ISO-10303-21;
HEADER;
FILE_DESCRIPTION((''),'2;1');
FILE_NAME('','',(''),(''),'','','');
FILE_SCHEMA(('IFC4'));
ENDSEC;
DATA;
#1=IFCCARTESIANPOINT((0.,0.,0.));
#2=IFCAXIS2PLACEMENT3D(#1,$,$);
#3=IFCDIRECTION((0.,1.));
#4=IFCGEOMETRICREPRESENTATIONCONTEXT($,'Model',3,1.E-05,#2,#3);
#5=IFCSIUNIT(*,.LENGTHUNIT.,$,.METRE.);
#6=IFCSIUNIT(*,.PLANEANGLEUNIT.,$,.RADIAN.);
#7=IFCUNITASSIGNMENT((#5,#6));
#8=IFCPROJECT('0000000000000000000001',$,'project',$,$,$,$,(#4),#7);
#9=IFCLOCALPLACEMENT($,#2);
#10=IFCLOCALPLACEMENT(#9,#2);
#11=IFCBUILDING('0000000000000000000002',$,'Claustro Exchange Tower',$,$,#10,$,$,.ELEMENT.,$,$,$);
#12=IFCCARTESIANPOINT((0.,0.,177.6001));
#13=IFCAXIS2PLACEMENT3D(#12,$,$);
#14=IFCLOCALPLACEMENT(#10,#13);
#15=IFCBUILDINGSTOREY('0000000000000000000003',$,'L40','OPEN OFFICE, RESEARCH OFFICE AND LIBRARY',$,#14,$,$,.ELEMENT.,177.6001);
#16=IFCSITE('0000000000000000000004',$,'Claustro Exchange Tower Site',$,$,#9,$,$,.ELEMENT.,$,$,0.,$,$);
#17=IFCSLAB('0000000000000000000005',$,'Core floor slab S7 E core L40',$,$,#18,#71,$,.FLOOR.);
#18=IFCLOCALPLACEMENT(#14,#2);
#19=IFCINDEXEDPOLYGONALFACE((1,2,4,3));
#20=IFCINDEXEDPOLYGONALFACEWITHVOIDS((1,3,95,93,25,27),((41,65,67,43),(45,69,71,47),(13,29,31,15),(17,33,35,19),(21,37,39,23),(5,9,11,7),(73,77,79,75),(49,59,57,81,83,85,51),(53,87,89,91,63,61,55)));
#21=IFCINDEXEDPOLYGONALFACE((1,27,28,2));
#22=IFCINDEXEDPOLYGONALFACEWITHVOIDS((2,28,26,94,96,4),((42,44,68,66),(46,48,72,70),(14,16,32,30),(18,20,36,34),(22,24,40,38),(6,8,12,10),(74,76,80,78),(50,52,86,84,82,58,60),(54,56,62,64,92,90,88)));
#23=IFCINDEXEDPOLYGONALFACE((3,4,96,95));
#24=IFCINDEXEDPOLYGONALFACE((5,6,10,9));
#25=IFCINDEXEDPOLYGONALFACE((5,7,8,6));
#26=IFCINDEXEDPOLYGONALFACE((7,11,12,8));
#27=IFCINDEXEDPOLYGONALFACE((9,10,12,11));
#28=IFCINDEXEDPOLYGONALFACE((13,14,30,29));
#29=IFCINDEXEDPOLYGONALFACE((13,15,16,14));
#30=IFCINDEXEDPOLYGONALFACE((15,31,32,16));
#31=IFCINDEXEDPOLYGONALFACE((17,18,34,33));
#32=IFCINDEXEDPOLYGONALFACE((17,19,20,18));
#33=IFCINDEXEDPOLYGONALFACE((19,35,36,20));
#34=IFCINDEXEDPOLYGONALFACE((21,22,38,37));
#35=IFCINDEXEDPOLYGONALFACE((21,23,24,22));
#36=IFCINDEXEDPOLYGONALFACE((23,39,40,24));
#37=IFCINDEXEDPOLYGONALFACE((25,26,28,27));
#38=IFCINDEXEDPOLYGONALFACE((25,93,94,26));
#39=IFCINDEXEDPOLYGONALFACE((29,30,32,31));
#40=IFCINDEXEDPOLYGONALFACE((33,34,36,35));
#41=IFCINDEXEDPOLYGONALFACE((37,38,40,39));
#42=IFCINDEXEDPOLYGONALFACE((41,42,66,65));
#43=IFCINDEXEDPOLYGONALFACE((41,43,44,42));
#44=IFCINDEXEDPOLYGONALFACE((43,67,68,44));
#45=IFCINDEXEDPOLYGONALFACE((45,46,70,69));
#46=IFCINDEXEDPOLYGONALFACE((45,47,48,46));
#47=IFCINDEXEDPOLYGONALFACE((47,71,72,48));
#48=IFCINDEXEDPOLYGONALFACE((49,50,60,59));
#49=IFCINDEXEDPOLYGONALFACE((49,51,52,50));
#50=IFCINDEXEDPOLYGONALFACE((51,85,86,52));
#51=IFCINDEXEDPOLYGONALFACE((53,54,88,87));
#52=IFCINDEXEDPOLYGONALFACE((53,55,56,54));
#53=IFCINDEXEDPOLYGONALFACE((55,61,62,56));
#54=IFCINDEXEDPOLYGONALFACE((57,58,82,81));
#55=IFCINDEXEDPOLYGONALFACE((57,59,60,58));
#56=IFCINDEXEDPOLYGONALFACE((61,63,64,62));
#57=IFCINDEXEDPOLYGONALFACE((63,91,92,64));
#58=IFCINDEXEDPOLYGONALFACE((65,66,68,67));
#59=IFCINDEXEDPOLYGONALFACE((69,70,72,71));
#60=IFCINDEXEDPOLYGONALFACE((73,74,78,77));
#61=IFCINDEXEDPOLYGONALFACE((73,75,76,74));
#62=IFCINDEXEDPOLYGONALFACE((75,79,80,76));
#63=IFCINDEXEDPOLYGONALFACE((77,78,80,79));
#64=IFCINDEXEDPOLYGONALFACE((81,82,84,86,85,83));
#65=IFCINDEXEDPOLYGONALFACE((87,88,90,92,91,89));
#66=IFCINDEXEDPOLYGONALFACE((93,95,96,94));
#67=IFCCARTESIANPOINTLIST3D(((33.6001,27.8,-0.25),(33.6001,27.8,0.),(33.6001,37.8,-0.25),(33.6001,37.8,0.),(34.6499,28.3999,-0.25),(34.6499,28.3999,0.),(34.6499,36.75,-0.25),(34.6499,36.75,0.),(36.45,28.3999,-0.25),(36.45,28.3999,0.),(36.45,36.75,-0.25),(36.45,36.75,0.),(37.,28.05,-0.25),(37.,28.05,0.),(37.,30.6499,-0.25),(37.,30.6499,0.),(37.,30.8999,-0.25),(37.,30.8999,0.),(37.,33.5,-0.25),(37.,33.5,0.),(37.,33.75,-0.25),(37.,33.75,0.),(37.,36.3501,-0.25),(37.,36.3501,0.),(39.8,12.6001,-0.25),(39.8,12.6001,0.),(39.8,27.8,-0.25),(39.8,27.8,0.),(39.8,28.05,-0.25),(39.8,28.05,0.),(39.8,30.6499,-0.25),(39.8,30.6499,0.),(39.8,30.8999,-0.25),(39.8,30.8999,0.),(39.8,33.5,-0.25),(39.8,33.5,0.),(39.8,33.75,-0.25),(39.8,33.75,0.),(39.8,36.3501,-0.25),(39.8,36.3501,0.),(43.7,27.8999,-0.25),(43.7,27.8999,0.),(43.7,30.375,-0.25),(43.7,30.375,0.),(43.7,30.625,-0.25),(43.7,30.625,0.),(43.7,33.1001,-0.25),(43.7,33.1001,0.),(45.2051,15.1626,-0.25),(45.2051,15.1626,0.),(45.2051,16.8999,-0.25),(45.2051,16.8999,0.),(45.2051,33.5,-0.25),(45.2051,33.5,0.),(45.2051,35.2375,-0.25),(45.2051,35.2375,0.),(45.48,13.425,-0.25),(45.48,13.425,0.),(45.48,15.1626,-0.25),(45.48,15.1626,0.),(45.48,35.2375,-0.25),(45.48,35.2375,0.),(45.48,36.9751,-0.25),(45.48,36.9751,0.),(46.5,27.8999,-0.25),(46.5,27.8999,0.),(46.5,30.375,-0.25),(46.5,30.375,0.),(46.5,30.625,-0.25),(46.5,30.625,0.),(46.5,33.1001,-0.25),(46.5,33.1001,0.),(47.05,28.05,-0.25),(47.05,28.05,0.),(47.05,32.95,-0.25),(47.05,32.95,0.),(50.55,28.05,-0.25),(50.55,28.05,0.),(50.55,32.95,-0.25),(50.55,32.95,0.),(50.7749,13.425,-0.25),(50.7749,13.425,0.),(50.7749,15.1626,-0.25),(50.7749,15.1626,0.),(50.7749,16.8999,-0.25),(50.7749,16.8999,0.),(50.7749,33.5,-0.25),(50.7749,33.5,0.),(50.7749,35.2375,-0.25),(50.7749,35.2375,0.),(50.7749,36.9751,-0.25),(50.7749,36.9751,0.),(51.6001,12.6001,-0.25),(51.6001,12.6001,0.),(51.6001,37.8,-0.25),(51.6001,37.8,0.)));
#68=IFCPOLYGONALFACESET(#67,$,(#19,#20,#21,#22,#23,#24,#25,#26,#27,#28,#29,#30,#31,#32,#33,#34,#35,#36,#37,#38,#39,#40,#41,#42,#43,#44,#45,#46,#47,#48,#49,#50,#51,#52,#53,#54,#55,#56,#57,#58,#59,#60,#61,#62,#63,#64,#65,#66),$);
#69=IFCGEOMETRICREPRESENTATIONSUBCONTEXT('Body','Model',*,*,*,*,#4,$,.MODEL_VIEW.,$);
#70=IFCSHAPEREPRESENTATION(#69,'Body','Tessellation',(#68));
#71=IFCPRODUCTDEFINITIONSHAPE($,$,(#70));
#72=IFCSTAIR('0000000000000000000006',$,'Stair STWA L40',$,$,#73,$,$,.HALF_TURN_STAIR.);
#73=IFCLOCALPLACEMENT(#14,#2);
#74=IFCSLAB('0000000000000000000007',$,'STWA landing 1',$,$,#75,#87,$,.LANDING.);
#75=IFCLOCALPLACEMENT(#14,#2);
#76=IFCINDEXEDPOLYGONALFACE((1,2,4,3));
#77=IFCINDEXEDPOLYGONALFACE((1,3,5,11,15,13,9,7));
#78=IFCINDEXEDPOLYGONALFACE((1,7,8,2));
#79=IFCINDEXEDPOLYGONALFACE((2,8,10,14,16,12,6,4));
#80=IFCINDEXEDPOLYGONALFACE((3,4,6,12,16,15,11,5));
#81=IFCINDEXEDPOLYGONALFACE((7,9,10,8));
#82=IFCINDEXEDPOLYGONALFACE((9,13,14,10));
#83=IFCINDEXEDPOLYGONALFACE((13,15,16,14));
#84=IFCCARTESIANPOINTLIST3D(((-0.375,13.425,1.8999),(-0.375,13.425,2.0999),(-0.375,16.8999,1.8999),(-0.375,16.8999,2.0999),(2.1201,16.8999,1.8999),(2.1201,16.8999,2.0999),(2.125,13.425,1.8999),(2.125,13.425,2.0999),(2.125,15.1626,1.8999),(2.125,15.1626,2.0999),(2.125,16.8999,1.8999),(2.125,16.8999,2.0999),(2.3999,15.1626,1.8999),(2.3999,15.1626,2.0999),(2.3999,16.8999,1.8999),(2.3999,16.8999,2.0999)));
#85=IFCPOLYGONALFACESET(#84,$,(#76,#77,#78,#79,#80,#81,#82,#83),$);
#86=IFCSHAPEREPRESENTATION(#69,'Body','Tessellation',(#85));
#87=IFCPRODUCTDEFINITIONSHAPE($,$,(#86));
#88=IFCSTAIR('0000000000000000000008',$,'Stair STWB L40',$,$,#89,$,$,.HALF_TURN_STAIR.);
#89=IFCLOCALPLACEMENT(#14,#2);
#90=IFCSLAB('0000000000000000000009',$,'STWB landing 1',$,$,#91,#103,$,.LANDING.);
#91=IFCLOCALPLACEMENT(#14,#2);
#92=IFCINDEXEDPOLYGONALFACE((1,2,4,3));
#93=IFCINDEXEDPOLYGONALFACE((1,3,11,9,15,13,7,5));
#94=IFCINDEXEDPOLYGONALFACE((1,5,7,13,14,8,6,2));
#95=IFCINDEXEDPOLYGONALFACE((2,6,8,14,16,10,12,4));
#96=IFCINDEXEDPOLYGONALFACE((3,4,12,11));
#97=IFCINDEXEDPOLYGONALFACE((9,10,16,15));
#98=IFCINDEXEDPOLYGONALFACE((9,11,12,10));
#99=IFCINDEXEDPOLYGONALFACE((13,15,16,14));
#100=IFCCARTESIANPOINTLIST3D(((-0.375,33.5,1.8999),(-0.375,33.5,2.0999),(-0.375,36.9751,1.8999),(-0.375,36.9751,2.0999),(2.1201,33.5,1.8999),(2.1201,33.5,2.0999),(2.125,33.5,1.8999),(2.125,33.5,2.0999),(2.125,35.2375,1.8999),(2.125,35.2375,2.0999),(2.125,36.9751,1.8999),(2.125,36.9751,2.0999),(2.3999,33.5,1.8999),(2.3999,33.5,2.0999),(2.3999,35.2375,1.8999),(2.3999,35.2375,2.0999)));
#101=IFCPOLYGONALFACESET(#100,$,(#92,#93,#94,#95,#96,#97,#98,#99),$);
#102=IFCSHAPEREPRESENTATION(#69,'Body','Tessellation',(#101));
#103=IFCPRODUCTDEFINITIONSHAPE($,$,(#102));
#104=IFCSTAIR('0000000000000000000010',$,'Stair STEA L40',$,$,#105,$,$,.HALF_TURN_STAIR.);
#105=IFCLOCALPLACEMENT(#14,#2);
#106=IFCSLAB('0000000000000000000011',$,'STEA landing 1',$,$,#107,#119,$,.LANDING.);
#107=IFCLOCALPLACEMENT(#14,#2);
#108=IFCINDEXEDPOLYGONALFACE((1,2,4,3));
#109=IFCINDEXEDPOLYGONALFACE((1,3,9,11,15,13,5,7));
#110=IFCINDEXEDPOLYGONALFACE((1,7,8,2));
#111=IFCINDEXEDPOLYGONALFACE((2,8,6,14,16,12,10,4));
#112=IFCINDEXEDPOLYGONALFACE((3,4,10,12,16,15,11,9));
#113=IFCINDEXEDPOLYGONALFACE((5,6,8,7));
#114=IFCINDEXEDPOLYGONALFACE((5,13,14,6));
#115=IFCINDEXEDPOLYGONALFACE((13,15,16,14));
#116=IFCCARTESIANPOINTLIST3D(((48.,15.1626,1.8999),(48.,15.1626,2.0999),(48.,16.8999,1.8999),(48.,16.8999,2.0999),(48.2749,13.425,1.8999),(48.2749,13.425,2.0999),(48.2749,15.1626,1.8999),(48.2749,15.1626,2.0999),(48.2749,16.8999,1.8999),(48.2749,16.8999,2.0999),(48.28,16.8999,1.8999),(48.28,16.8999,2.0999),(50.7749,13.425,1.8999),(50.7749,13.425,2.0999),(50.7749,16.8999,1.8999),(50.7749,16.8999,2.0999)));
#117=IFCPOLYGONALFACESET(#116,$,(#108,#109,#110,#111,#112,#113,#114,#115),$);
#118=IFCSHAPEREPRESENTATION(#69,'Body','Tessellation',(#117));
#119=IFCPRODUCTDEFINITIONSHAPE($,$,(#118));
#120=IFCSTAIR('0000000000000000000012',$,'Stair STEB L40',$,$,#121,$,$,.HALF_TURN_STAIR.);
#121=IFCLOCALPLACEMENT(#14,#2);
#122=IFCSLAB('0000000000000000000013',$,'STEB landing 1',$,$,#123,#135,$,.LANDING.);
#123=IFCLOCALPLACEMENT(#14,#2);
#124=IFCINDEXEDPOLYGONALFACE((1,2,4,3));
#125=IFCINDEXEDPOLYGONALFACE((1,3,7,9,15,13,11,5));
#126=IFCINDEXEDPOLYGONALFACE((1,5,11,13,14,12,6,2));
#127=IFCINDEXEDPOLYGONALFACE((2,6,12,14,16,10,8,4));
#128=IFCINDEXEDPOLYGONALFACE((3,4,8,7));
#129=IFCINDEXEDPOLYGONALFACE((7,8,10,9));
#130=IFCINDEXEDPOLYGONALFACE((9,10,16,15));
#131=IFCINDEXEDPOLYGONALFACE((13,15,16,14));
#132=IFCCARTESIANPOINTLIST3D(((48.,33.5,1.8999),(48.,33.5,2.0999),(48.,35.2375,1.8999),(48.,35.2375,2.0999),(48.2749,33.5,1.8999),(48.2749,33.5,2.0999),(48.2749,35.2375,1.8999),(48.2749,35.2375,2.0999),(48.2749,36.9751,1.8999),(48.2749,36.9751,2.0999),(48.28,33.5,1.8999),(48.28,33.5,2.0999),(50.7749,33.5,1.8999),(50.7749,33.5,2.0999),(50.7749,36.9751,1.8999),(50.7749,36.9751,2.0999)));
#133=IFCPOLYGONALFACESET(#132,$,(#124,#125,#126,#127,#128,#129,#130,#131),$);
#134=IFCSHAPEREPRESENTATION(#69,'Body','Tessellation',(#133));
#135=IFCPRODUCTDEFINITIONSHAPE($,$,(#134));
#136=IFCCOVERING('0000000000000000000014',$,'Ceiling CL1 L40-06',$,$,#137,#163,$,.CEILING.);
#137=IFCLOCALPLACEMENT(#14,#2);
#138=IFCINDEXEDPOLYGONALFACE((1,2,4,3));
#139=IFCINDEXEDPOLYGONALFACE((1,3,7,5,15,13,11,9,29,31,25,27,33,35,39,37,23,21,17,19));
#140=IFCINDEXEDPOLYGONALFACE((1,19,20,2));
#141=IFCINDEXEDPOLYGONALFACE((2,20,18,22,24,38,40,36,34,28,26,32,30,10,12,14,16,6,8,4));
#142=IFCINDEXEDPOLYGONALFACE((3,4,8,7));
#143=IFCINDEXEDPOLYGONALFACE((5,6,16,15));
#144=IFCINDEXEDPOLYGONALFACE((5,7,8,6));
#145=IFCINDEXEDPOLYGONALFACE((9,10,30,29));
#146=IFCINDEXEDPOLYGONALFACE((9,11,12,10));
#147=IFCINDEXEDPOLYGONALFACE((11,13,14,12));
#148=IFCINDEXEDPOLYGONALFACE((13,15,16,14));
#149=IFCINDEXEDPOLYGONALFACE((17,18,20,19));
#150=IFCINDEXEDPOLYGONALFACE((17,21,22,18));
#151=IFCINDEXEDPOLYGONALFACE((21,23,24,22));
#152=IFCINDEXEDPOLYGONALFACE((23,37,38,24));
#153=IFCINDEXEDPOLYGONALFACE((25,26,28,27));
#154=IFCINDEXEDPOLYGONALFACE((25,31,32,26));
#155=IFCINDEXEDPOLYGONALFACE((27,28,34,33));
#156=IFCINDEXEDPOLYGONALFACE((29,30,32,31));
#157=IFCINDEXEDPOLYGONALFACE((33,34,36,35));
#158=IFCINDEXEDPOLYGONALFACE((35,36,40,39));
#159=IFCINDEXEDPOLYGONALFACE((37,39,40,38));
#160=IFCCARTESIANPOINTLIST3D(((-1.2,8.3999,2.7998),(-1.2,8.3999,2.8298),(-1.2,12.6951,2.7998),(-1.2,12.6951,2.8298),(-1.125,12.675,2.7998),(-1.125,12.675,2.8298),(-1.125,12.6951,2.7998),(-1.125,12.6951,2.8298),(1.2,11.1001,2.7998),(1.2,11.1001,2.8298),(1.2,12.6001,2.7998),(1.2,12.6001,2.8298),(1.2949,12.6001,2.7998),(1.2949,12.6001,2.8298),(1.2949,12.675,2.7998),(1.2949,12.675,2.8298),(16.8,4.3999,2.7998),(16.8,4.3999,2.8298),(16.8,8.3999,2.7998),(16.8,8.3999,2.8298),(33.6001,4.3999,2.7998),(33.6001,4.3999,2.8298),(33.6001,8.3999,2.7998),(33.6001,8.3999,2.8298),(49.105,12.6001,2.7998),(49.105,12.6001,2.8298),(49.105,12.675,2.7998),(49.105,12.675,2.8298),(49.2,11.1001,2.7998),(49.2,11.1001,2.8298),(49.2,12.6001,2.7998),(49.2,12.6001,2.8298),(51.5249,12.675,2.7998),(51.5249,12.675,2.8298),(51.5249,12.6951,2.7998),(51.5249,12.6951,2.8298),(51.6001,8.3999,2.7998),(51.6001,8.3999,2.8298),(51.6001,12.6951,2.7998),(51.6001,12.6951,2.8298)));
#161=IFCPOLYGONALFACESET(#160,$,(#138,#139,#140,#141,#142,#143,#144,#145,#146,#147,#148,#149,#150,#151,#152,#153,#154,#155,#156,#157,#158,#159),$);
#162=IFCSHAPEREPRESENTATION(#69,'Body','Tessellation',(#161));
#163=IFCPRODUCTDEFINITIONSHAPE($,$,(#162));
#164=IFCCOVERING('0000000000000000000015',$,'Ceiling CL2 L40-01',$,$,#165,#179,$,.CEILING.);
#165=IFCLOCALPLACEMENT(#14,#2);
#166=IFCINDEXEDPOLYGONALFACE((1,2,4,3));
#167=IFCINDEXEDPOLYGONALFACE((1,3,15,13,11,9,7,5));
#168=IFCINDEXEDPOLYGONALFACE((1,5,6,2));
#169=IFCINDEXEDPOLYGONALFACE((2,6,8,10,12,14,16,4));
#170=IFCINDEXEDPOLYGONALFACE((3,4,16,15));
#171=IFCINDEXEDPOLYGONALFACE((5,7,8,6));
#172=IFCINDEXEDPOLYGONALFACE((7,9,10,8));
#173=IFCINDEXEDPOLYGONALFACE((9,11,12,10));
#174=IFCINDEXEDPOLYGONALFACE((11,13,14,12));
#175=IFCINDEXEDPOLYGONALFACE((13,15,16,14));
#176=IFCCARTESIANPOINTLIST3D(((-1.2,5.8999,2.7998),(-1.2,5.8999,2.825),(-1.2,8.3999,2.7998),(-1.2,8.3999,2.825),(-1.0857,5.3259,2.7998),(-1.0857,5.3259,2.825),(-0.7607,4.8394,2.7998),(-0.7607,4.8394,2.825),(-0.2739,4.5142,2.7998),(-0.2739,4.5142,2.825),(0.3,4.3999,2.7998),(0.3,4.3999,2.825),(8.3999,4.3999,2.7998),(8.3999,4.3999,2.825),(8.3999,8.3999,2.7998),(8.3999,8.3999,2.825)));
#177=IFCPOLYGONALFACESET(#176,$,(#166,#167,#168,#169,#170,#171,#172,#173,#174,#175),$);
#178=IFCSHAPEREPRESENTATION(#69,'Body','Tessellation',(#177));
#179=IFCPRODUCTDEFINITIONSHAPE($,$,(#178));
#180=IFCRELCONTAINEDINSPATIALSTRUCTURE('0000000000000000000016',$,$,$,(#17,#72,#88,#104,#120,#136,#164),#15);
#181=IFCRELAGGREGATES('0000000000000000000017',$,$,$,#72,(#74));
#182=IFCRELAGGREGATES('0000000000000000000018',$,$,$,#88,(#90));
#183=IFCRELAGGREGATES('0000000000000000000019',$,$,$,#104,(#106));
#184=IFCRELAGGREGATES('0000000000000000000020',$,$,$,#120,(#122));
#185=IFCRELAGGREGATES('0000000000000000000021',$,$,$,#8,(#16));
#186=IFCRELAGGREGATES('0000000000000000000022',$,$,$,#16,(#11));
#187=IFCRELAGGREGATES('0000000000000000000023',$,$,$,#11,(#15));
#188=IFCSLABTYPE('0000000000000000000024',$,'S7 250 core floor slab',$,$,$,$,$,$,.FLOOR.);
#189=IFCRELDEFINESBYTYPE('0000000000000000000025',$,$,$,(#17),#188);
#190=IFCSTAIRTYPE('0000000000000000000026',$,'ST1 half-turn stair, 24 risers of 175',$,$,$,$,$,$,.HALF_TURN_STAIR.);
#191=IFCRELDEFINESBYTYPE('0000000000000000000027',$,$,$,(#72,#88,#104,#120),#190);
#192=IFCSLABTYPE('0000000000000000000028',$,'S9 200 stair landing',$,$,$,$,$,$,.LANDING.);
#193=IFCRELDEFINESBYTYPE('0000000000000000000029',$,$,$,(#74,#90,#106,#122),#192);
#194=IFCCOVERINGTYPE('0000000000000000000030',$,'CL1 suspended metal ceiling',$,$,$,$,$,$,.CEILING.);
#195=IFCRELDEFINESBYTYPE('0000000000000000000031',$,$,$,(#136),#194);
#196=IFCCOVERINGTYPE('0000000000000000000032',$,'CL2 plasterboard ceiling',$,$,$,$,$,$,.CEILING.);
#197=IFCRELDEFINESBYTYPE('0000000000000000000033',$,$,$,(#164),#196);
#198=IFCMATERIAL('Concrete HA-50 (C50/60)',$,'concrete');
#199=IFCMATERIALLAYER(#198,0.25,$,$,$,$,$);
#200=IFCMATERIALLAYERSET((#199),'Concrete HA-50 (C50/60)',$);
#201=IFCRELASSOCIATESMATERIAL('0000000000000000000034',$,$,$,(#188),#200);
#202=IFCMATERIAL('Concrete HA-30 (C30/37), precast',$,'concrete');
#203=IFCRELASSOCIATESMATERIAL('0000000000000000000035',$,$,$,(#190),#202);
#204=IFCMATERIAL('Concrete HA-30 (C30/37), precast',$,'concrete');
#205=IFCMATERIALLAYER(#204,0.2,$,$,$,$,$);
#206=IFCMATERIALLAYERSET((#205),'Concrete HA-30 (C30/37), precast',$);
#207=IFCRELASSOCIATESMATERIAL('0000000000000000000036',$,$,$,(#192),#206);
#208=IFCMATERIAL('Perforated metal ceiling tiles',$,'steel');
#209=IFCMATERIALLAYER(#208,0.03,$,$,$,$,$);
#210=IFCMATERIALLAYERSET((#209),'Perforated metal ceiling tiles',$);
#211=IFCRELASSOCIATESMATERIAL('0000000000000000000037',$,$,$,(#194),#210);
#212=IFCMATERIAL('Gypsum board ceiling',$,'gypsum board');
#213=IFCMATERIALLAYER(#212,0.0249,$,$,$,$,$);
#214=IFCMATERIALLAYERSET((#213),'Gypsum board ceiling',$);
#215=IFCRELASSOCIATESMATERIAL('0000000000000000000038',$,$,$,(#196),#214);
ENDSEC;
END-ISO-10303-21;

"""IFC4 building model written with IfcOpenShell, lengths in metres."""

from ifc_helpers import new_model, si_unit, direction, frame, origin, place, context, subcontext, project, spatial, polyline, outline, extrude, material, layer, layer_set, type_object, element, aggregate, save


model = new_model("IFC4")

# Units and contexts
model_context = context("Model", 3, precision=1e-05, world=origin(), true_north=direction((0.0, 1.0)))
body_context = subcontext(model_context, "Body", "Model", "MODEL_VIEW")
ifc_project = project(units=[si_unit("LENGTHUNIT", "METRE"), si_unit("PLANEANGLEUNIT", "RADIAN")], contexts=[model_context])

# Site, building, storey
site_placement = place(None, origin())
site = spatial("IfcSite", under=ifc_project, at=site_placement, Name="Claustro Exchange Tower Site", CompositionType="ELEMENT", RefElevation=0.0)
building_placement = place(site_placement, origin())
building = spatial("IfcBuilding", under=site, at=building_placement, Name="Claustro Exchange Tower", CompositionType="ELEMENT")
storey_placement = place(building_placement, frame((0.0, 0.0, 177.6001)))
storey = spatial("IfcBuildingStorey", under=building, at=storey_placement, Name="L40", Description="OPEN OFFICE, RESEARCH OFFICE AND LIBRARY", CompositionType="ELEMENT", Elevation=177.6001)

# Slab
ifc_material_1 = material(Name="Concrete HA-50 (C50/60)", Category="concrete")
ifc_layer_1 = layer(ifc_material_1, 0.25)
ifc_layer_set_1 = layer_set([ifc_layer_1], Name="Concrete HA-50 (C50/60)")
slab_type_1 = type_object("IfcSlabType", Name="S7 250 core floor slab", PredefinedType="FLOOR", material=ifc_layer_set_1)
slab_1_placement = place(storey_placement, frame((0.0, 0.0, -0.25)))
element("IfcSlab", 1, at=slab_1_placement, inside=storey, type_object=slab_type_1, Name="Core floor slab S7 E core L40", PredefinedType="FLOOR", context=body_context, shape_type="SweptSolid", body=[
    extrude(outline(polyline([(51.6001, 37.8), (33.6001, 37.8), (33.6001, 27.8), (39.8, 27.8), (39.8, 12.6001), (51.6001, 12.6001), (51.6001, 37.8)]), holes=[polyline([(45.48, 15.1626), (45.2051, 15.1626), (45.2051, 16.8999), (50.7749, 16.8999), (50.7749, 15.1626), (50.7749, 13.425), (45.48, 13.425), (45.48, 15.1626)]), polyline([(45.48, 35.2375), (45.48, 36.9751), (50.7749, 36.9751), (50.7749, 35.2375), (50.7749, 33.5), (45.2051, 33.5), (45.2051, 35.2375), (45.48, 35.2375)]), polyline([(47.05, 32.95), (50.55, 32.95), (50.55, 28.05), (47.05, 28.05), (47.05, 32.95)]), polyline([(43.7, 30.375), (46.5, 30.375), (46.5, 27.8999), (43.7, 27.8999), (43.7, 30.375)]), polyline([(43.7, 33.1001), (46.5, 33.1001), (46.5, 30.625), (43.7, 30.625), (43.7, 33.1001)]), polyline([(37.0, 30.6499), (39.8, 30.6499), (39.8, 28.05), (37.0, 28.05), (37.0, 30.6499)]), polyline([(37.0, 33.5), (39.8, 33.5), (39.8, 30.8999), (37.0, 30.8999), (37.0, 33.5)]), polyline([(39.8, 36.3501), (39.8, 33.75), (37.0, 33.75), (37.0, 36.3501), (39.8, 36.3501)]), polyline([(34.6499, 36.75), (36.45, 36.75), (36.45, 28.3999), (34.6499, 28.3999), (34.6499, 36.75)])]), origin(), (0.0, 0.0, 1.0), 0.25),
])

# Stairs, slabs
ifc_material_2 = material(Name="Concrete HA-30 (C30/37), precast", Category="concrete")
stair_type = type_object("IfcStairType", Name="ST1 half-turn stair, 24 risers of 175", PredefinedType="HALF_TURN_STAIR", material=ifc_material_2)
stair_1_placement = place(storey_placement, origin())
stair_1 = element("IfcStair", 2, at=stair_1_placement, inside=storey, type_object=stair_type, Name="Stair STWA L40", PredefinedType="HALF_TURN_STAIR")
ifc_material_3 = material(Name="Concrete HA-30 (C30/37), precast", Category="concrete")
ifc_layer_2 = layer(ifc_material_3, 0.2)
ifc_layer_set_2 = layer_set([ifc_layer_2], Name="Concrete HA-30 (C30/37), precast")
slab_type_2 = type_object("IfcSlabType", Name="S9 200 stair landing", PredefinedType="LANDING", material=ifc_layer_set_2)
slab_2_placement = place(storey_placement, frame((0.0, 0.0, 1.8999)))
slab_2 = element("IfcSlab", 3, at=slab_2_placement, type_object=slab_type_2, Name="STWA landing 1", PredefinedType="LANDING", context=body_context, shape_type="SweptSolid", body=[
    extrude(outline(polyline([(2.125, 13.425), (-0.375, 13.425), (-0.375, 16.8999), (2.1201, 16.8999), (2.125, 16.8999), (2.3999, 16.8999), (2.3999, 15.1626), (2.125, 15.1626), (2.125, 13.425)])), origin(), (0.0, 0.0, 1.0), 0.2),
])
aggregate(stair_1, [slab_2])
stair_2_placement = place(storey_placement, origin())
stair_2 = element("IfcStair", 4, at=stair_2_placement, inside=storey, type_object=stair_type, Name="Stair STWB L40", PredefinedType="HALF_TURN_STAIR")
slab_3_placement = place(storey_placement, frame((0.0, 0.0, 1.8999)))
slab_3 = element("IfcSlab", 5, at=slab_3_placement, type_object=slab_type_2, Name="STWB landing 1", PredefinedType="LANDING", context=body_context, shape_type="SweptSolid", body=[
    extrude(outline(polyline([(2.3999, 35.2375), (2.3999, 33.5), (2.125, 33.5), (2.1201, 33.5), (-0.375, 33.5), (-0.375, 36.9751), (2.125, 36.9751), (2.125, 35.2375), (2.3999, 35.2375)])), origin(), (0.0, 0.0, 1.0), 0.2),
])
aggregate(stair_2, [slab_3])
stair_3_placement = place(storey_placement, origin())
stair_3 = element("IfcStair", 6, at=stair_3_placement, inside=storey, type_object=stair_type, Name="Stair STEA L40", PredefinedType="HALF_TURN_STAIR")
slab_4_placement = place(storey_placement, frame((0.0, 0.0, 1.8999)))
slab_4 = element("IfcSlab", 7, at=slab_4_placement, type_object=slab_type_2, Name="STEA landing 1", PredefinedType="LANDING", context=body_context, shape_type="SweptSolid", body=[
    extrude(outline(polyline([(50.7749, 16.8999), (50.7749, 13.425), (48.2749, 13.425), (48.2749, 15.1626), (48.0, 15.1626), (48.0, 16.8999), (48.2749, 16.8999), (48.28, 16.8999), (50.7749, 16.8999)])), origin(), (0.0, 0.0, 1.0), 0.2),
])
aggregate(stair_3, [slab_4])
stair_4_placement = place(storey_placement, origin())
stair_4 = element("IfcStair", 8, at=stair_4_placement, inside=storey, type_object=stair_type, Name="Stair STEB L40", PredefinedType="HALF_TURN_STAIR")
slab_5_placement = place(storey_placement, frame((0.0, 0.0, 1.8999)))
slab_5 = element("IfcSlab", 9, at=slab_5_placement, type_object=slab_type_2, Name="STEB landing 1", PredefinedType="LANDING", context=body_context, shape_type="SweptSolid", body=[
    extrude(outline(polyline([(48.0, 33.5), (48.0, 35.2375), (48.2749, 35.2375), (48.2749, 36.9751), (50.7749, 36.9751), (50.7749, 33.5), (48.28, 33.5), (48.2749, 33.5), (48.0, 33.5)])), origin(), (0.0, 0.0, 1.0), 0.2),
])
aggregate(stair_4, [slab_5])

# Coverings
ifc_material_4 = material(Name="Perforated metal ceiling tiles", Category="steel")
ifc_layer_3 = layer(ifc_material_4, 0.03)
ifc_layer_set_3 = layer_set([ifc_layer_3], Name="Perforated metal ceiling tiles")
covering_type_1 = type_object("IfcCoveringType", Name="CL1 suspended metal ceiling", PredefinedType="CEILING", material=ifc_layer_set_3)
covering_1_placement = place(storey_placement, frame((0.0, 0.0, 2.7998)))
element("IfcCovering", 10, at=covering_1_placement, inside=storey, type_object=covering_type_1, Name="Ceiling CL1 L40-06", PredefinedType="CEILING", context=body_context, shape_type="SweptSolid", body=[
    extrude(outline(polyline([(1.2, 11.1001), (1.2, 12.6001), (1.2949, 12.6001), (1.2949, 12.675), (-1.125, 12.675), (-1.125, 12.6951), (-1.2, 12.6951), (-1.2, 8.3999), (16.8, 8.3999), (16.8, 4.3999), (33.6001, 4.3999), (33.6001, 8.3999), (51.6001, 8.3999), (51.6001, 12.6951), (51.5249, 12.6951), (51.5249, 12.675), (49.105, 12.675), (49.105, 12.6001), (49.2, 12.6001), (49.2, 11.1001), (1.2, 11.1001)])), origin(), (0.0, 0.0, 1.0), 0.03),
])
ifc_material_5 = material(Name="Gypsum board ceiling", Category="gypsum board")
ifc_layer_4 = layer(ifc_material_5, 0.0249)
ifc_layer_set_4 = layer_set([ifc_layer_4], Name="Gypsum board ceiling")
covering_type_2 = type_object("IfcCoveringType", Name="CL2 plasterboard ceiling", PredefinedType="CEILING", material=ifc_layer_set_4)
covering_2_placement = place(storey_placement, frame((0.0, 0.0, 2.7998)))
element("IfcCovering", 11, at=covering_2_placement, inside=storey, type_object=covering_type_2, Name="Ceiling CL2 L40-01", PredefinedType="CEILING", context=body_context, shape_type="SweptSolid", body=[
    extrude(outline(polyline([(-1.0857, 5.3259), (-0.7607, 4.8394), (-0.2739, 4.5142), (0.3, 4.3999), (8.3999, 4.3999), (8.3999, 8.3999), (-1.2, 8.3999), (-1.2, 5.8999), (-1.0857, 5.3259)])), origin(), (0.0, 0.0, 1.0), 0.0251),
])

save(model, "model.ifc")
